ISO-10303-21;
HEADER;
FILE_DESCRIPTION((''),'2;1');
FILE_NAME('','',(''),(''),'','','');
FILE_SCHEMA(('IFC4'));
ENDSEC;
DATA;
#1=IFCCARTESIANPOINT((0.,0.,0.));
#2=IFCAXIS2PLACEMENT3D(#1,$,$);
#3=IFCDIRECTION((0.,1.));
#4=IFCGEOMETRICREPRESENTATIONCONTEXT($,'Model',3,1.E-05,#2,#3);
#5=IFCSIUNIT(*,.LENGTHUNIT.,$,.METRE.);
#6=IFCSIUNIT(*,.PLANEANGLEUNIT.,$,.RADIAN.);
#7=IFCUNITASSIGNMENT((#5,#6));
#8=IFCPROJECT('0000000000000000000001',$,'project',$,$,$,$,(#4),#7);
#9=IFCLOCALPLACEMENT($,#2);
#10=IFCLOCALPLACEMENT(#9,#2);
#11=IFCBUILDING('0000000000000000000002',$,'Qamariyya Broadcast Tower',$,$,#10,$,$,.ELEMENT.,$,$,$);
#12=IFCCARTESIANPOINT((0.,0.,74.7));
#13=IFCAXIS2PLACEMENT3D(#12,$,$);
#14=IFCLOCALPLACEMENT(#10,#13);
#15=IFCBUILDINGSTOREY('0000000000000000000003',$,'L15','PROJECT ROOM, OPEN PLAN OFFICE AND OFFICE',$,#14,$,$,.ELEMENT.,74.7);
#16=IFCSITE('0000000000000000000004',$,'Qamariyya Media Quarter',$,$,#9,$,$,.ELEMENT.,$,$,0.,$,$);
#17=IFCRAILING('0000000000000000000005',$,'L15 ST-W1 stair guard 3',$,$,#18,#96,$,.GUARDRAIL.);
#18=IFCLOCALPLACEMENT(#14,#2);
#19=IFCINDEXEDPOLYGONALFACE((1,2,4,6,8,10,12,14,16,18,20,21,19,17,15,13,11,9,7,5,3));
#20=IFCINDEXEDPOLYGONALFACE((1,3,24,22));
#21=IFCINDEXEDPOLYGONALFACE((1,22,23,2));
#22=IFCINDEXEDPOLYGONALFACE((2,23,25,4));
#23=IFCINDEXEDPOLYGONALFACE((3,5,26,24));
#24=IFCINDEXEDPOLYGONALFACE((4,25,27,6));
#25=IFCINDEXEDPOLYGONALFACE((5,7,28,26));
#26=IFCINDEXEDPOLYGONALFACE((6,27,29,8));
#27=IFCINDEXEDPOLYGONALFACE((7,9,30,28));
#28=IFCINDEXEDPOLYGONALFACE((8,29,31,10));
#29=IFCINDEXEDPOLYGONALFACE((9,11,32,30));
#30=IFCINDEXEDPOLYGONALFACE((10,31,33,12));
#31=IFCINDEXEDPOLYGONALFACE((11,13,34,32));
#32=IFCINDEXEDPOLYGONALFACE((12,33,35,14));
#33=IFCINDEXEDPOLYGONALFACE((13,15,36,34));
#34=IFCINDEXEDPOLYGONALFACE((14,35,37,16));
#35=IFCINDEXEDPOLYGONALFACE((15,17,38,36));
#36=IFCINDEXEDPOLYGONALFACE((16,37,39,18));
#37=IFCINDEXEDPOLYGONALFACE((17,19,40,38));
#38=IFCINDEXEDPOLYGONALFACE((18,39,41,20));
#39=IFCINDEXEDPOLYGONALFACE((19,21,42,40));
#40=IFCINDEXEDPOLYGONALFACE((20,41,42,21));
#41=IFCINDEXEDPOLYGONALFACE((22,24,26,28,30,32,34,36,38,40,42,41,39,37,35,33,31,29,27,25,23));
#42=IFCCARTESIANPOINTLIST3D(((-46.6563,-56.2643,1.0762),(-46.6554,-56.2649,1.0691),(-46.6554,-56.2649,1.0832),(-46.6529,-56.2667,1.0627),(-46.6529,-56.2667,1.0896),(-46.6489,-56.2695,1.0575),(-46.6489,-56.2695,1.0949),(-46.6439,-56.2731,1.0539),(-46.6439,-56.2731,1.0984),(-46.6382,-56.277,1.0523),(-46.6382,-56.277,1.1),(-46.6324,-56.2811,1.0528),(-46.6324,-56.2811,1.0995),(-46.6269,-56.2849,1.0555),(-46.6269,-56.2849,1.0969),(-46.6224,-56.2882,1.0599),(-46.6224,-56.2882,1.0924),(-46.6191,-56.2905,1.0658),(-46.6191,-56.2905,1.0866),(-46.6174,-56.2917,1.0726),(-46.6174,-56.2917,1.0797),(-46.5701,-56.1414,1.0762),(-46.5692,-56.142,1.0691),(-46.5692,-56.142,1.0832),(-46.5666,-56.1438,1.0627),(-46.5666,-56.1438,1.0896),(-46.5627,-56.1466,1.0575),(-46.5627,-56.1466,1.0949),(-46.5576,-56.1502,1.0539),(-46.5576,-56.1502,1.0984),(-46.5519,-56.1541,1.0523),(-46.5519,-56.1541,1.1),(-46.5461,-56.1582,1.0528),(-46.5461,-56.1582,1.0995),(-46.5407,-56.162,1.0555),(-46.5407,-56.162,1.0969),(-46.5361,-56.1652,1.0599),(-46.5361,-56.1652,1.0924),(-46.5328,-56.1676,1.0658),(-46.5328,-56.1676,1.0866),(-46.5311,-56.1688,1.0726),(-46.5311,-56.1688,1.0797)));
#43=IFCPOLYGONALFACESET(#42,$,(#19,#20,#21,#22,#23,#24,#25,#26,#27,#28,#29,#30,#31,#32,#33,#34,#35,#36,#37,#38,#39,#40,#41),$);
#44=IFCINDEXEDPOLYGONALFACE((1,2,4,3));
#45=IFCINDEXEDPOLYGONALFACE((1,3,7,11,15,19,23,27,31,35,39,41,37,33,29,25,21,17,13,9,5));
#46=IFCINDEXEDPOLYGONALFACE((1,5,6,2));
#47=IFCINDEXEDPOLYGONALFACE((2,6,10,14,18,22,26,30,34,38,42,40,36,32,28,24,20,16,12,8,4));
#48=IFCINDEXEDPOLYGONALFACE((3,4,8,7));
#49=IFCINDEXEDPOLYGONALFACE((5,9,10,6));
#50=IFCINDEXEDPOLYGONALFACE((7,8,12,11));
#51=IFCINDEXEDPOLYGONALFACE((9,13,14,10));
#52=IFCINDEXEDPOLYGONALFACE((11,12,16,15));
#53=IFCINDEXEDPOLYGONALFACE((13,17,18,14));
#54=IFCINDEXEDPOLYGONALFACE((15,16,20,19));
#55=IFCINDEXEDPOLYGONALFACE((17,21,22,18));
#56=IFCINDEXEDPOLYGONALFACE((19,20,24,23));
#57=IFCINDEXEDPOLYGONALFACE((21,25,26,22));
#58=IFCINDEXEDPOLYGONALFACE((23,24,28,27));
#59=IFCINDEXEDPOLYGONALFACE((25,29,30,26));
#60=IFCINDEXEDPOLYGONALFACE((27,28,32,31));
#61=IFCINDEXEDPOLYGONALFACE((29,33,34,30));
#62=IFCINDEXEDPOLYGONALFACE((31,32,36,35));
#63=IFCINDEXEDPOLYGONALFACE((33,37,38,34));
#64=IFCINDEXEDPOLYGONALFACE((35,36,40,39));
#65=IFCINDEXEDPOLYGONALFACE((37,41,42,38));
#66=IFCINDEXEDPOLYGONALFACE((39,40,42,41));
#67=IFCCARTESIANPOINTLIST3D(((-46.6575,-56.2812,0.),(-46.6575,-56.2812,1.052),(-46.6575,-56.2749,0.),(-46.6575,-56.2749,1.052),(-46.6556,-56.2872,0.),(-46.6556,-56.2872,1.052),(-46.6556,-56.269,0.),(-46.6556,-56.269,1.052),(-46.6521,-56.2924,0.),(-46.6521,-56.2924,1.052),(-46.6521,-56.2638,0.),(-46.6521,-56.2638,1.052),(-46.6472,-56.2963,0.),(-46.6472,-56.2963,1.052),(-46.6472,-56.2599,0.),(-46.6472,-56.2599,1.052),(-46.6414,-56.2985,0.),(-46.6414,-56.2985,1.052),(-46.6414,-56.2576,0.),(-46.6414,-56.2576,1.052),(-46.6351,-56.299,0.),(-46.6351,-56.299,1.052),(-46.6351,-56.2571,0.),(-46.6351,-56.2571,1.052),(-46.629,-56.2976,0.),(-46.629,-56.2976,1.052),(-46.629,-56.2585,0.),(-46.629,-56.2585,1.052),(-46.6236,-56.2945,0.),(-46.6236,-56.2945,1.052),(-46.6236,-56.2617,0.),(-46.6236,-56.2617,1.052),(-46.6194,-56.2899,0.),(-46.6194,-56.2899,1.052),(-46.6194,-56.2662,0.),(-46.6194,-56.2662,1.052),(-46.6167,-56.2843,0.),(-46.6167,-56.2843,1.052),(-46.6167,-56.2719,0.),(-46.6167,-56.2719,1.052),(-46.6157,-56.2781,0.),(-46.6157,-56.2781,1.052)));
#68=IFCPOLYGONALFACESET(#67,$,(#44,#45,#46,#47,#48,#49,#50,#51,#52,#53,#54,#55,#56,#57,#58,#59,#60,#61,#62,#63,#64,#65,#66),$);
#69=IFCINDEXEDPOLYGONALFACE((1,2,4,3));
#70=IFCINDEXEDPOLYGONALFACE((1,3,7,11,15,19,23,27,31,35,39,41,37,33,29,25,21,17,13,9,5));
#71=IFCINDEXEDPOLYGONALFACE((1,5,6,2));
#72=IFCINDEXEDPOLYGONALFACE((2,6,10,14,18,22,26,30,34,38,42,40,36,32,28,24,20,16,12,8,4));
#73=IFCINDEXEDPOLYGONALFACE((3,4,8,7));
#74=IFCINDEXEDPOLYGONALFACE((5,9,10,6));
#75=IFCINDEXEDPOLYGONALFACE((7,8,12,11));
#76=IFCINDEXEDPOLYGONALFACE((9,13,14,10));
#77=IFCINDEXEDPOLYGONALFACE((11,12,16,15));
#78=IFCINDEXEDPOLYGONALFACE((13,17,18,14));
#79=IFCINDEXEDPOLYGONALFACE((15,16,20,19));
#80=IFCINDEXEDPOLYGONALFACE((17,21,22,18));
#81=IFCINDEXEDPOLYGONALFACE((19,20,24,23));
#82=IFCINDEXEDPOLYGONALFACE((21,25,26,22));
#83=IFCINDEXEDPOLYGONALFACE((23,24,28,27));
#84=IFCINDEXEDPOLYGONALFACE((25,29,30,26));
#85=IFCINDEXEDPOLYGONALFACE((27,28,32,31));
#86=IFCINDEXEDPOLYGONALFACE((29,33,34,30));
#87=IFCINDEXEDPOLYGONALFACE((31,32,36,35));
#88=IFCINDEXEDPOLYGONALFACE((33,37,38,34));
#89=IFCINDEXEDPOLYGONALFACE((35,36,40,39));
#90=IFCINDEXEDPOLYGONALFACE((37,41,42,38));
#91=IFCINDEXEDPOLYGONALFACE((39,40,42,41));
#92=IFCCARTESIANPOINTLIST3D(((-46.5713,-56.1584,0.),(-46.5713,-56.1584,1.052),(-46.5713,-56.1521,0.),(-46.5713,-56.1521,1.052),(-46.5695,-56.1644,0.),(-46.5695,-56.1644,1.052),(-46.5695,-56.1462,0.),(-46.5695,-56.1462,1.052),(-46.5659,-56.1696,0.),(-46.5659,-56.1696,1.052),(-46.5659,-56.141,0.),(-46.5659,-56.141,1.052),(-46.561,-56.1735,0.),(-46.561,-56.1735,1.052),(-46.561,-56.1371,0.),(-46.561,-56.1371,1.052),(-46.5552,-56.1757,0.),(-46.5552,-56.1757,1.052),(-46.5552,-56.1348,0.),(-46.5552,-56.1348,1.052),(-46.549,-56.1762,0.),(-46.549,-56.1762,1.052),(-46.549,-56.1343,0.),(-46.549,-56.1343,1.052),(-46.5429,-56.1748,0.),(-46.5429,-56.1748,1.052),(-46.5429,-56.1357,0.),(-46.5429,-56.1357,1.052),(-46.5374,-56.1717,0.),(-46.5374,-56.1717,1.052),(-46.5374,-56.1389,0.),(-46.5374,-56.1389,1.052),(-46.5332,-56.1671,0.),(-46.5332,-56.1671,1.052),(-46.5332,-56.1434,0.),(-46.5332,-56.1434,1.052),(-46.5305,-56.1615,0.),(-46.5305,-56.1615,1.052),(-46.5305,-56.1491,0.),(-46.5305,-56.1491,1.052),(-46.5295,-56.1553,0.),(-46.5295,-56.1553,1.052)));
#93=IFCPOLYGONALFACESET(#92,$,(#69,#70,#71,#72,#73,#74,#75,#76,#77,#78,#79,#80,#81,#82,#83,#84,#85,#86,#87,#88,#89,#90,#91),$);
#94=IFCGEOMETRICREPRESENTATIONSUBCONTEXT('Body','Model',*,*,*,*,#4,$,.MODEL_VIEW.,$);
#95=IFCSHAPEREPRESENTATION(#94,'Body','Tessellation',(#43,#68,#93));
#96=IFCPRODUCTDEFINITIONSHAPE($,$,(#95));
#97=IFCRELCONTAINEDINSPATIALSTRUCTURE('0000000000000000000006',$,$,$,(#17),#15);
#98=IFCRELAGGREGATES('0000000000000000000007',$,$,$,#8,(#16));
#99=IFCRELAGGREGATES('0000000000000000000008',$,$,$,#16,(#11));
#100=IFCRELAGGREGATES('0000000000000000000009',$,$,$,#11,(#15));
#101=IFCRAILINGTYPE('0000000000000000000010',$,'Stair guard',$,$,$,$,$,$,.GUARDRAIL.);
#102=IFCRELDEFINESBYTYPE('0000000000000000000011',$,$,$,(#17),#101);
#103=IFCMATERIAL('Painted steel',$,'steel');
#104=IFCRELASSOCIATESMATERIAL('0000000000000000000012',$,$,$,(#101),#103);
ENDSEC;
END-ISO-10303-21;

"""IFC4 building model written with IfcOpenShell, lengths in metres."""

from ifc_helpers import new_model, si_unit, direction, frame, origin, origin_2d, place, context, subcontext, project, spatial, circle, extrude, material, type_object, element, save


model = new_model("IFC4")

# Units and contexts
model_context = context("Model", 3, precision=1e-05, world=origin(), true_north=direction((0.0, 1.0)))
body_context = subcontext(model_context, "Body", "Model", "MODEL_VIEW")
ifc_project = project(units=[si_unit("LENGTHUNIT", "METRE"), si_unit("PLANEANGLEUNIT", "RADIAN")], contexts=[model_context])

# Site, building, storey
site_placement = place(None, origin())
site = spatial("IfcSite", under=ifc_project, at=site_placement, Name="Qamariyya Media Quarter", CompositionType="ELEMENT", RefElevation=0.0)
building_placement = place(site_placement, origin())
building = spatial("IfcBuilding", under=site, at=building_placement, Name="Qamariyya Broadcast Tower", CompositionType="ELEMENT")
storey_placement = place(building_placement, frame((0.0, 0.0, 74.7)))
storey = spatial("IfcBuildingStorey", under=building, at=storey_placement, Name="L15", Description="PROJECT ROOM, OPEN PLAN OFFICE AND OFFICE", CompositionType="ELEMENT", Elevation=74.7)

# Railing
ifc_material_1 = material(Name="Painted steel", Category="steel")
railing_type_1 = type_object("IfcRailingType", Name="Stair guard", PredefinedType="GUARDRAIL", material=ifc_material_1)
railing_1_placement = place(storey_placement, frame((-46.6367, -56.2781, 0.0)))
element("IfcRailing", 1, at=railing_1_placement, inside=storey, type_object=railing_type_1, Name="L15 ST-W1 stair guard 3", PredefinedType="GUARDRAIL", context=body_context, shape_type="SweptSolid", body=[
    extrude(circle(Radius=0.0239, at=origin_2d()), frame((0.0, 0.0, 1.0762), z_axis=(0.574445, 0.818543, 0.0), x_axis=(-0.818543, 0.574445, 0.0)), (0.0, 0.0, 1.0), 0.1501),
    extrude(circle(Radius=0.021, at=origin_2d()), origin(), (0.0, 0.0, 1.0), 1.052),
    extrude(circle(Radius=0.021, at=origin_2d()), frame((0.0862, 0.1228, 0.0)), (0.0, 0.0, 1.0), 1.052),
])

save(model, "model.ifc")
